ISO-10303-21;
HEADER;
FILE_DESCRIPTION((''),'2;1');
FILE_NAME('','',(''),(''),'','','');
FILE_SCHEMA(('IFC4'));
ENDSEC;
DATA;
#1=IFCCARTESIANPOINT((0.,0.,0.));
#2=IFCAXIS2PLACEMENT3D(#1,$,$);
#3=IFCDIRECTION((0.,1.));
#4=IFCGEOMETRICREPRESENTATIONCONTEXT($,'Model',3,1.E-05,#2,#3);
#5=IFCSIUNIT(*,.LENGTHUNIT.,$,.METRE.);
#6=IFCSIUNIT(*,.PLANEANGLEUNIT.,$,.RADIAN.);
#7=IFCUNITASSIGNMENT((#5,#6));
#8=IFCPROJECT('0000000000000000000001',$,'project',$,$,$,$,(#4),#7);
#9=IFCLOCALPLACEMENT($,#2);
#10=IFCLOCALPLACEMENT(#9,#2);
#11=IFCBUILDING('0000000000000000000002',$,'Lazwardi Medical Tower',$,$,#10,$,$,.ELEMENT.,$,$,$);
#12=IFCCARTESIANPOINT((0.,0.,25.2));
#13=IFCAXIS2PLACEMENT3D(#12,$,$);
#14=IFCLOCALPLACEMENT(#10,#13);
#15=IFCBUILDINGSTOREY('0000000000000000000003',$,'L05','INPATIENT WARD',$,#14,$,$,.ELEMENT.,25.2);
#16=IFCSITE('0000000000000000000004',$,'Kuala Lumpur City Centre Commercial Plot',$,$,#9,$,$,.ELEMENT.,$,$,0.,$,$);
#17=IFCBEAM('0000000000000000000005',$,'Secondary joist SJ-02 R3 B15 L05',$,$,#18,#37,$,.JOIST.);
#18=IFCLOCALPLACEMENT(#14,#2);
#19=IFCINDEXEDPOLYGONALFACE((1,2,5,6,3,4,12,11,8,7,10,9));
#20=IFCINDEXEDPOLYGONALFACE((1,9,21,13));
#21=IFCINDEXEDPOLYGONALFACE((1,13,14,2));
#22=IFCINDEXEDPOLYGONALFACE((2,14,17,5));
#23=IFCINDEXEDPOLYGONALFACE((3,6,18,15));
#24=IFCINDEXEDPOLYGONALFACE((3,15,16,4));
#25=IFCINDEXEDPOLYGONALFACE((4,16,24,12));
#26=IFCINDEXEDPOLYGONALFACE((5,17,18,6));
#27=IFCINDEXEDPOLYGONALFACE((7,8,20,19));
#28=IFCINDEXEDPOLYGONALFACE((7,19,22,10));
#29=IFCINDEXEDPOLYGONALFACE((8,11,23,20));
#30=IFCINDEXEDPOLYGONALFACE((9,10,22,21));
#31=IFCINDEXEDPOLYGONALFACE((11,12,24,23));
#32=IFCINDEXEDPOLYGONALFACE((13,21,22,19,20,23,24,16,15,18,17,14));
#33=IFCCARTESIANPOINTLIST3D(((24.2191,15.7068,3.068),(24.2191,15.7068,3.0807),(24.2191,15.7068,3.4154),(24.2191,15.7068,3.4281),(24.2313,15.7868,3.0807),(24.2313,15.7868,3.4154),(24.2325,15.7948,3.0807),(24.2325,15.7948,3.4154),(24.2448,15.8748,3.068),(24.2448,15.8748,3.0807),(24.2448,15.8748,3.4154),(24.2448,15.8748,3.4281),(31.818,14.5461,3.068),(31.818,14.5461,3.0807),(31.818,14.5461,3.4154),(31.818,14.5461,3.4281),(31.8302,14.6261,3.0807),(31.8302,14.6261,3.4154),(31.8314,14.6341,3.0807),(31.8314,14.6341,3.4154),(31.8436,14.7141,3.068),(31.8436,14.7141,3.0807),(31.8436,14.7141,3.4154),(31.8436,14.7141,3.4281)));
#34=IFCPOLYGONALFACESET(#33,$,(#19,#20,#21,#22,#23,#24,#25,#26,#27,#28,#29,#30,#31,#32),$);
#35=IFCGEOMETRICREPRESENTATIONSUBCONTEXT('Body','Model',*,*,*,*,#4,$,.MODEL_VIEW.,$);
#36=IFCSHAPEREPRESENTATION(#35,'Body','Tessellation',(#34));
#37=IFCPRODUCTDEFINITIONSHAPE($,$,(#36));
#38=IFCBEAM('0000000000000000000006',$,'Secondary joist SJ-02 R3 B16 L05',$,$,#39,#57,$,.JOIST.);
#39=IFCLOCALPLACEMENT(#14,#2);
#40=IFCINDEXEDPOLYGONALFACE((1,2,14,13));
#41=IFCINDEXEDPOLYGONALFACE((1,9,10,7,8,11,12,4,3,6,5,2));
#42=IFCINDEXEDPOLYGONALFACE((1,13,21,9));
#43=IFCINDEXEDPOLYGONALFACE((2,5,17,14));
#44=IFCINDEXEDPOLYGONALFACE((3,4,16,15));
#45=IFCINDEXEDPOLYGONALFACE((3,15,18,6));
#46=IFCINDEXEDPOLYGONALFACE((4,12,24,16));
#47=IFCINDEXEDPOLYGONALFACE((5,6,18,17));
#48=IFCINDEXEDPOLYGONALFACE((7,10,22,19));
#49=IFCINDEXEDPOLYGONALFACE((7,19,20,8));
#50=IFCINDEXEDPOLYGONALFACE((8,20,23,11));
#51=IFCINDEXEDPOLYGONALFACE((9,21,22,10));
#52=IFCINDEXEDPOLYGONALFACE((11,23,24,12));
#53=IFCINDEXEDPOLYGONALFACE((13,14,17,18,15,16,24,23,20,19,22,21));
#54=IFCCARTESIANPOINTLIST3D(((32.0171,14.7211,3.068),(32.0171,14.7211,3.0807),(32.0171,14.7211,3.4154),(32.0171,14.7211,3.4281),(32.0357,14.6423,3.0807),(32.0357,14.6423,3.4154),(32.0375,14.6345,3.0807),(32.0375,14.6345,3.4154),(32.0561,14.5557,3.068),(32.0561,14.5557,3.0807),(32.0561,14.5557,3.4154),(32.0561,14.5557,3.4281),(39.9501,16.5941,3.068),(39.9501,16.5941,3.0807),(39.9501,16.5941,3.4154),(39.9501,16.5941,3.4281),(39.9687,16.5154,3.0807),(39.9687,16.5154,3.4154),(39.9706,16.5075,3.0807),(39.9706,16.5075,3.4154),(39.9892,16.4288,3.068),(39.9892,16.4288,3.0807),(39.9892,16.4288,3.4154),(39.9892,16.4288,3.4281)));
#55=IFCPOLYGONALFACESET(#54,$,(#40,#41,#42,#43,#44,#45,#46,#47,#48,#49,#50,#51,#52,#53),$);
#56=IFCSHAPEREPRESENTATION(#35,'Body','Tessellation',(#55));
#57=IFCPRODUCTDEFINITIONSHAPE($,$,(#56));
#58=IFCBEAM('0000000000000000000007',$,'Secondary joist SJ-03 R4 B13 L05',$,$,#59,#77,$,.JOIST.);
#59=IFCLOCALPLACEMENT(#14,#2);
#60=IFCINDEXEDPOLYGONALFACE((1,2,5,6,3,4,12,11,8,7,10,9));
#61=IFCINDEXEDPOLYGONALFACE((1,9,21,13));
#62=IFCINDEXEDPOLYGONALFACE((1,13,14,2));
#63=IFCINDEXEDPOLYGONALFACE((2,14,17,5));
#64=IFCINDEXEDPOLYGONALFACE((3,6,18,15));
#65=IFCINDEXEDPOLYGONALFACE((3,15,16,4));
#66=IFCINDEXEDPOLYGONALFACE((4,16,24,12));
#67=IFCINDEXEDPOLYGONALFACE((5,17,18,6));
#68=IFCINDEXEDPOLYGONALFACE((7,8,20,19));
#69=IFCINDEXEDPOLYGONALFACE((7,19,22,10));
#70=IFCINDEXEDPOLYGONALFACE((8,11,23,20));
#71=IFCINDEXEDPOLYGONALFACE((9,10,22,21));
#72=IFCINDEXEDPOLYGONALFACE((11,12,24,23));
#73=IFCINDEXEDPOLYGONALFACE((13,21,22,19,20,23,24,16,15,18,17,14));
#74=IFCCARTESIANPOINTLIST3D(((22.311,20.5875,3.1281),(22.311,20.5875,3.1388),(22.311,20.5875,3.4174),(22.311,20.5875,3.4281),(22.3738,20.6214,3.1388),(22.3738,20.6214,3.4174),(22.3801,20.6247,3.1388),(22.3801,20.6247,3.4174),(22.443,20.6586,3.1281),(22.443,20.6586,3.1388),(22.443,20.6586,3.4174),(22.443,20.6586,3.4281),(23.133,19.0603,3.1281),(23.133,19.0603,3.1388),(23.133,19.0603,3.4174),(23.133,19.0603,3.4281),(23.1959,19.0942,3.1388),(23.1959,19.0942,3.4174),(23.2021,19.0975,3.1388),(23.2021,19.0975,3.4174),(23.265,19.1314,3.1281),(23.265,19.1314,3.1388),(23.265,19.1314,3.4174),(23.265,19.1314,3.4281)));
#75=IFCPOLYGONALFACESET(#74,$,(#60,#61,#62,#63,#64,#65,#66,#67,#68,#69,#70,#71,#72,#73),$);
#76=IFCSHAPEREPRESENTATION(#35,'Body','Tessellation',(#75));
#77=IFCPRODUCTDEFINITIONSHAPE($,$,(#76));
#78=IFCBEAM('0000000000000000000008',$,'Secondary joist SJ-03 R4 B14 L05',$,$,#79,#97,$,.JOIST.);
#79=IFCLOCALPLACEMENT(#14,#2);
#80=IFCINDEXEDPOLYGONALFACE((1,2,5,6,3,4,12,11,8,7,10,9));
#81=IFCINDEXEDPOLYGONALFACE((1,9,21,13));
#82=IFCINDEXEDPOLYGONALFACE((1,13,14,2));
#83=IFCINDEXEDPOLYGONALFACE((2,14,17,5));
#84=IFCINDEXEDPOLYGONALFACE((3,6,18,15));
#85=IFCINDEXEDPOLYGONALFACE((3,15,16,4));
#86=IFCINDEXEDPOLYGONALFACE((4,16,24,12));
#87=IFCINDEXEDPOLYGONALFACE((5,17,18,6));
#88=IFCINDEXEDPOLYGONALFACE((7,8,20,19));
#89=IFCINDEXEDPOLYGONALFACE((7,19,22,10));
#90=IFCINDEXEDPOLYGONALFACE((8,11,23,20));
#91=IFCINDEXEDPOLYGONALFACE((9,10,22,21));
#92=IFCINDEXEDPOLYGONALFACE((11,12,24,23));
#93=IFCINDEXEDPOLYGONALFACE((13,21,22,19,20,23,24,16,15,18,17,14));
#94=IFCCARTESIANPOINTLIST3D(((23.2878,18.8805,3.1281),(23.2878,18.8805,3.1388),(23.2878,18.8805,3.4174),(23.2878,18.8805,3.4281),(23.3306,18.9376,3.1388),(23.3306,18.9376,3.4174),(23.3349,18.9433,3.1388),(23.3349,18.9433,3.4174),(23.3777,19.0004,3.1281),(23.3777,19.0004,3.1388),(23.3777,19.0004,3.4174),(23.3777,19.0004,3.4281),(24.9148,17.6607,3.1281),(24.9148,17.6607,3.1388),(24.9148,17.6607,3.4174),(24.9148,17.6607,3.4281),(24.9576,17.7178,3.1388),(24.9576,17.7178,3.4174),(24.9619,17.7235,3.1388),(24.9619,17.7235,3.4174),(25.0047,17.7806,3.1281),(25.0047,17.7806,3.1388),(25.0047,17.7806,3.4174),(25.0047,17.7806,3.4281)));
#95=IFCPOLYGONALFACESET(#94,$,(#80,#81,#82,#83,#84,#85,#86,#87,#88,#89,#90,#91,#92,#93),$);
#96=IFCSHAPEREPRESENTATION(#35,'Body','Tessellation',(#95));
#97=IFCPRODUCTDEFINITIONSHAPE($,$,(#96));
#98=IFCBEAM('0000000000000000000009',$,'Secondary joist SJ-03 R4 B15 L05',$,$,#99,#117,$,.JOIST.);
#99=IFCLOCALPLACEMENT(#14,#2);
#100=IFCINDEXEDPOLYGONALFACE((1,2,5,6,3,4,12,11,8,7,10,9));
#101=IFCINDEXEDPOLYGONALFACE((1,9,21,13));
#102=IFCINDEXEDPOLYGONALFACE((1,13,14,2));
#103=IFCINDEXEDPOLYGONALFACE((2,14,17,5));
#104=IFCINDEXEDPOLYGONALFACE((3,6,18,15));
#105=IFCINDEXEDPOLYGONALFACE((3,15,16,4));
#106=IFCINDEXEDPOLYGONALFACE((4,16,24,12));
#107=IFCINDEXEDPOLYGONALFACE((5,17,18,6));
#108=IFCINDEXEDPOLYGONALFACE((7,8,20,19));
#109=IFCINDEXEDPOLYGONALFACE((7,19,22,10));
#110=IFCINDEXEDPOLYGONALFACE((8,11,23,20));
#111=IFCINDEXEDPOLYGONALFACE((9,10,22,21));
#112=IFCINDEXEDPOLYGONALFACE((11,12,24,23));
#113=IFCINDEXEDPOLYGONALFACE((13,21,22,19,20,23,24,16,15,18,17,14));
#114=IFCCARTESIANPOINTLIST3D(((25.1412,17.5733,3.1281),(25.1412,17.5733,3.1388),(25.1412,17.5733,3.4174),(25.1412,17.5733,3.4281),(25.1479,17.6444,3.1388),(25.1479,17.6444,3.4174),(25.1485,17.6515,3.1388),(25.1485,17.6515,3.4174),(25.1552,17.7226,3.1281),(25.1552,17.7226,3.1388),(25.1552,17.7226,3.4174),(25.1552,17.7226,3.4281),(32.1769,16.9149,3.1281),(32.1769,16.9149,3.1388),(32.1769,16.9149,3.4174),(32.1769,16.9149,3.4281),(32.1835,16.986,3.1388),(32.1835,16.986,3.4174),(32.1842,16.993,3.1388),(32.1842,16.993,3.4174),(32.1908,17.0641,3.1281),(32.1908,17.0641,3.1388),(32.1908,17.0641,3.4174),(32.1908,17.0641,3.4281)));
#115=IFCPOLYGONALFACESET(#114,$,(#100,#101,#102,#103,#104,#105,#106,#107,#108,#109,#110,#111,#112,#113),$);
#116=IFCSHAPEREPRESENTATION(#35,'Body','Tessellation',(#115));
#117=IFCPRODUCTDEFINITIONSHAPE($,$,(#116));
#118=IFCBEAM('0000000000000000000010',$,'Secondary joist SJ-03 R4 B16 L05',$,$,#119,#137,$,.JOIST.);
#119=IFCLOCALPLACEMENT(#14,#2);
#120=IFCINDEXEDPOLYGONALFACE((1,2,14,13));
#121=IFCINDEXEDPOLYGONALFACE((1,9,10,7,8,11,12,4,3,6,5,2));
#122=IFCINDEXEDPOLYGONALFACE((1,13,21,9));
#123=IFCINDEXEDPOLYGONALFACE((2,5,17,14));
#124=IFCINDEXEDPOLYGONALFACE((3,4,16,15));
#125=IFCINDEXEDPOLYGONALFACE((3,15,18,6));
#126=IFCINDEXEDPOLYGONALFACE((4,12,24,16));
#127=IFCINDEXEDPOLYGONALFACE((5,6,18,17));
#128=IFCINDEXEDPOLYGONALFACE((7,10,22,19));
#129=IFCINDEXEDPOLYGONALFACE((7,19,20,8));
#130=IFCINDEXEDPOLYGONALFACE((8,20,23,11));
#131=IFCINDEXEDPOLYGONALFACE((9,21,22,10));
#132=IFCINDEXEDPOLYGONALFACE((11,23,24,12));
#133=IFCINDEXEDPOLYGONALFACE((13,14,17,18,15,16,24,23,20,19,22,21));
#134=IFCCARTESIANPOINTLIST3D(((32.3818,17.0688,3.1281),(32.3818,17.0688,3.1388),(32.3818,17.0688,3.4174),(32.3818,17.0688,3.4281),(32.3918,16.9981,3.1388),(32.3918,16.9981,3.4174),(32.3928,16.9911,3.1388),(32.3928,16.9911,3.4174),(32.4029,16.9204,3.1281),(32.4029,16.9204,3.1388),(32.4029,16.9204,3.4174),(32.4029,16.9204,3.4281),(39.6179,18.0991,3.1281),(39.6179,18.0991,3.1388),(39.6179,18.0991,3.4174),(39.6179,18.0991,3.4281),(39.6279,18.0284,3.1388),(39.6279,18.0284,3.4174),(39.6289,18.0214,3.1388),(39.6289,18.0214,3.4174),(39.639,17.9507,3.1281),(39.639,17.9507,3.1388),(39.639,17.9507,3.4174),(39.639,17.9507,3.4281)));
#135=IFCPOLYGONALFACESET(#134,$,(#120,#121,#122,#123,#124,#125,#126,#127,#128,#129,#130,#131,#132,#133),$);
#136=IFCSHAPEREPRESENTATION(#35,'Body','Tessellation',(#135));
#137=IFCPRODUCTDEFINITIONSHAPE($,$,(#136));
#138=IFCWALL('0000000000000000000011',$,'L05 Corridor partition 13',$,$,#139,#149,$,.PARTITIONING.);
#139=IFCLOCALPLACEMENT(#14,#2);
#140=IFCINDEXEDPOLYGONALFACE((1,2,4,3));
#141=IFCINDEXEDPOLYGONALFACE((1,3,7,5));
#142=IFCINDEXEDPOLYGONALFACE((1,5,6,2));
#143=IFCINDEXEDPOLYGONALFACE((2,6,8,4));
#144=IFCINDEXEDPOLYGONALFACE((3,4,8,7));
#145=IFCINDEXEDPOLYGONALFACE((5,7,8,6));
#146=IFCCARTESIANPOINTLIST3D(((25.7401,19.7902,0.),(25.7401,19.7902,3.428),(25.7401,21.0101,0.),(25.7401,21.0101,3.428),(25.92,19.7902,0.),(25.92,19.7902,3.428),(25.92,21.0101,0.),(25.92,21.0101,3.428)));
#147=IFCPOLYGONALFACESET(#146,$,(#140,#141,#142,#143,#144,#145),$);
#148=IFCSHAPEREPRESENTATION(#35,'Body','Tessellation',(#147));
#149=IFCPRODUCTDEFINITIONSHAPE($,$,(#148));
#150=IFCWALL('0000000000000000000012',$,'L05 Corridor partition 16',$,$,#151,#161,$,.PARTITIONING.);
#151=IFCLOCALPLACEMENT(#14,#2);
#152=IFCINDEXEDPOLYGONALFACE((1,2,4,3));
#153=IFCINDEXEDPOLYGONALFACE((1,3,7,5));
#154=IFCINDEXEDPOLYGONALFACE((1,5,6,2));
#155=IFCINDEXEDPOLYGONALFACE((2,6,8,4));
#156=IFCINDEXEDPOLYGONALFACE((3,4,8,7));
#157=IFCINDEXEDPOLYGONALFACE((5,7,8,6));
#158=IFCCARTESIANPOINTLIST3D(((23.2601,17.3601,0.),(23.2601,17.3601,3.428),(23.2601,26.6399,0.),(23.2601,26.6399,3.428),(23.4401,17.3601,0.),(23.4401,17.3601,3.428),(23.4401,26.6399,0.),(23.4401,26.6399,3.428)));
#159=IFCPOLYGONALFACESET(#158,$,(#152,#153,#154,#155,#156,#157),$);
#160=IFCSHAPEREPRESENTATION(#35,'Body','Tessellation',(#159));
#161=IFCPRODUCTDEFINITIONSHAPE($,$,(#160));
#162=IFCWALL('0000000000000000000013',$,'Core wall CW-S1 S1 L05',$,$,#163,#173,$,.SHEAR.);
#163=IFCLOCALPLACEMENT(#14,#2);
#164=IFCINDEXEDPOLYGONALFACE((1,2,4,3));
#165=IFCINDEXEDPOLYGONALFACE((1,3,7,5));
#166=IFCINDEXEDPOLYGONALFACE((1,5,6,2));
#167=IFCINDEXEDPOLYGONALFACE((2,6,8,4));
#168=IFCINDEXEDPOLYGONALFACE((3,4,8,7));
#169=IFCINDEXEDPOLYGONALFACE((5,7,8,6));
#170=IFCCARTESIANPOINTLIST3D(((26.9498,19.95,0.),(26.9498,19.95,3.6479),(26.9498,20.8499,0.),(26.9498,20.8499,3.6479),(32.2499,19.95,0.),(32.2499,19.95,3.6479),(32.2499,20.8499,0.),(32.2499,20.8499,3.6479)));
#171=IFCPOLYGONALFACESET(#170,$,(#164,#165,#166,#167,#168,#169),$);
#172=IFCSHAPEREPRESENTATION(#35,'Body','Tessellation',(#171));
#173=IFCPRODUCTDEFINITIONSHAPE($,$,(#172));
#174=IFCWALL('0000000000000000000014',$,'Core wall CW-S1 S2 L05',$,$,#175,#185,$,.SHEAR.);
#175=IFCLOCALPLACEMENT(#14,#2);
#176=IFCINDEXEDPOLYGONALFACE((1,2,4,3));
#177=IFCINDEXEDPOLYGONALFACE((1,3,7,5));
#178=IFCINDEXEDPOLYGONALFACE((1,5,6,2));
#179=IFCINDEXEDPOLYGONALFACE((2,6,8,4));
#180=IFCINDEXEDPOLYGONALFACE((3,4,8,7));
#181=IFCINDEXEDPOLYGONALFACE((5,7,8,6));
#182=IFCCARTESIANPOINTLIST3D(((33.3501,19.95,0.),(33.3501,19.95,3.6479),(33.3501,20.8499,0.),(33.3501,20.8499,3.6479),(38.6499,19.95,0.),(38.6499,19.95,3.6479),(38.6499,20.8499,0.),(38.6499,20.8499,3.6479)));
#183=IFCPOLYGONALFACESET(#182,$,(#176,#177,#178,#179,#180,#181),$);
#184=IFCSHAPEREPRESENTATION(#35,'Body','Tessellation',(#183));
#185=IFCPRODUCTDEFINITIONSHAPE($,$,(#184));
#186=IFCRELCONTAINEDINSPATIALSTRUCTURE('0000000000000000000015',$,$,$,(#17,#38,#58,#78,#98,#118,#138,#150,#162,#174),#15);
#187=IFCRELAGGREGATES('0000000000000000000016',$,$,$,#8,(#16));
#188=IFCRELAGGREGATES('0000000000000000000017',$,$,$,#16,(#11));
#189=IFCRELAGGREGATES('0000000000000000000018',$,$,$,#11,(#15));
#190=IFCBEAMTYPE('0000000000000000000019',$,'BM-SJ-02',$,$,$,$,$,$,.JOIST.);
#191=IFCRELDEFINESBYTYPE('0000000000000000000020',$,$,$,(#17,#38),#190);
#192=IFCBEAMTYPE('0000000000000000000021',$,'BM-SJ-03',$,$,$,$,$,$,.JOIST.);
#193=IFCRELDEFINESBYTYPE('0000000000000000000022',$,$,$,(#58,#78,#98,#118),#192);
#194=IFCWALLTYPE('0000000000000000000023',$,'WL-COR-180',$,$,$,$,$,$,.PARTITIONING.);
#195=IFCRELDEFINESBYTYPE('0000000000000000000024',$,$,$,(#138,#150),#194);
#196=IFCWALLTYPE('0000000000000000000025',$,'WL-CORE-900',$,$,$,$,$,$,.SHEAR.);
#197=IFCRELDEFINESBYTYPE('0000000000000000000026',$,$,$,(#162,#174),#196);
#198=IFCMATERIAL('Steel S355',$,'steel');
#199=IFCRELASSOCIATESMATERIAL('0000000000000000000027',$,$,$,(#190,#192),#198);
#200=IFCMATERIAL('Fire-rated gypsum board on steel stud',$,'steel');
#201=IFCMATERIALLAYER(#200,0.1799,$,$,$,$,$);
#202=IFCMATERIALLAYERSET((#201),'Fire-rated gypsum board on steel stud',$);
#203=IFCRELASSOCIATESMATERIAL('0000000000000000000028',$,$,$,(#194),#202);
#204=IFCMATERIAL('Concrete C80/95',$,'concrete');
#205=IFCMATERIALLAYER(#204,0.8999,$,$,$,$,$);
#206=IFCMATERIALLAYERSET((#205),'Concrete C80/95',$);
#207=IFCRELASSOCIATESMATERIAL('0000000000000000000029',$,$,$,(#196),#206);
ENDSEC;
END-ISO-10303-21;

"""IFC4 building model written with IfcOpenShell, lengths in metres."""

from ifc_helpers import new_model, si_unit, direction, frame, frame_2d, origin, origin_2d, place, context, subcontext, project, spatial, rectangle, i_section, extrude, material, layer, layer_set, material_profile, profile_set, type_object, element, save


model = new_model("IFC4")

# Units and contexts
model_context = context("Model", 3, precision=1e-05, world=origin(), true_north=direction((0.0, 1.0)))
body_context = subcontext(model_context, "Body", "Model", "MODEL_VIEW")
ifc_project = project(units=[si_unit("LENGTHUNIT", "METRE"), si_unit("PLANEANGLEUNIT", "RADIAN")], contexts=[model_context])

# Site, building, storey
site_placement = place(None, origin())
site = spatial("IfcSite", under=ifc_project, at=site_placement, Name="Kuala Lumpur City Centre Commercial Plot", CompositionType="ELEMENT", RefElevation=0.0)
building_placement = place(site_placement, origin())
building = spatial("IfcBuilding", under=site, at=building_placement, Name="Lazwardi Medical Tower", CompositionType="ELEMENT")
storey_placement = place(building_placement, frame((0.0, 0.0, 25.2)))
storey = spatial("IfcBuildingStorey", under=building, at=storey_placement, Name="L05", Description="INPATIENT WARD", CompositionType="ELEMENT", Elevation=25.2)

# Shared definitions
ifc_material_1 = material(Name="Concrete C80/95", Category="concrete")

# Beams
ifc_material_2 = material(Name="Steel S355", Category="steel")
ifc_material_profile_1 = material_profile(ifc_material_2, i_section(OverallWidth=0.1699, OverallDepth=0.3601, WebThickness=0.0081, FlangeThickness=0.0127, at=origin_2d()), Name="IPE 360")
ifc_profile_set_1 = profile_set([ifc_material_profile_1], Name="Steel S355")
beam_type_1 = type_object("IfcBeamType", Name="BM-SJ-02", PredefinedType="JOIST", material=ifc_profile_set_1)
beam_1_placement = place(storey_placement, frame((24.2319, 15.7908, 3.248), z_axis=(0.988536, -0.150988, 0.0), x_axis=(0.150988, 0.988536, 0.0)))
element("IfcBeam", 1, at=beam_1_placement, inside=storey, type_object=beam_type_1, Name="Secondary joist SJ-02 R3 B15 L05", PredefinedType="JOIST", context=body_context, shape_type="SweptSolid", body=[
    extrude(i_section(OverallWidth=0.1699, OverallDepth=0.3601, WebThickness=0.0081, FlangeThickness=0.0127, at=origin_2d()), origin(), (0.0, 0.0, 1.0), 7.687),
])
beam_2_placement = place(storey_placement, frame((32.0366, 14.6384, 3.248), z_axis=(0.973241, 0.229787, 0.0), x_axis=(-0.229787, 0.973241, 0.0)))
element("IfcBeam", 2, at=beam_2_placement, inside=storey, type_object=beam_type_1, Name="Secondary joist SJ-02 R3 B16 L05", PredefinedType="JOIST", context=body_context, shape_type="SweptSolid", body=[
    extrude(i_section(OverallWidth=0.1699, OverallDepth=0.3601, WebThickness=0.0081, FlangeThickness=0.0127, at=origin_2d()), origin(), (0.0, 0.0, 1.0), 8.1511),
])
ifc_material_profile_2 = material_profile(ifc_material_2, i_section(OverallWidth=0.1499, OverallDepth=0.3, WebThickness=0.0071, FlangeThickness=0.0107, at=origin_2d()), Name="IPE 300")
ifc_profile_set_2 = profile_set([ifc_material_profile_2], Name="Steel S355")
beam_type_2 = type_object("IfcBeamType", Name="BM-SJ-03", PredefinedType="JOIST", material=ifc_profile_set_2)
beam_3_placement = place(storey_placement, frame((22.377, 20.623, 3.2781), z_axis=(0.473982, -0.880534, 0.0), x_axis=(0.880534, 0.473982, 0.0)))
element("IfcBeam", 3, at=beam_3_placement, inside=storey, type_object=beam_type_2, Name="Secondary joist SJ-03 R4 B13 L05", PredefinedType="JOIST", context=body_context, shape_type="SweptSolid", body=[
    extrude(i_section(OverallWidth=0.1499, OverallDepth=0.3, WebThickness=0.0071, FlangeThickness=0.0107, at=origin_2d()), origin(), (0.0, 0.0, 1.0), 1.7344),
])
beam_4_placement = place(storey_placement, frame((23.3328, 18.9404, 3.2781), z_axis=(0.800115, -0.599846, 0.0), x_axis=(0.599846, 0.800115, 0.0)))
element("IfcBeam", 4, at=beam_4_placement, inside=storey, type_object=beam_type_2, Name="Secondary joist SJ-03 R4 B14 L05", PredefinedType="JOIST", context=body_context, shape_type="SweptSolid", body=[
    extrude(i_section(OverallWidth=0.1499, OverallDepth=0.3, WebThickness=0.0071, FlangeThickness=0.0107, at=origin_2d()), origin(), (0.0, 0.0, 1.0), 2.0334),
])
beam_5_placement = place(storey_placement, frame((25.1482, 17.6479, 3.2781), z_axis=(0.995649, -0.09318, 0.0), x_axis=(0.09318, 0.995649, 0.0)))
element("IfcBeam", 5, at=beam_5_placement, inside=storey, type_object=beam_type_2, Name="Secondary joist SJ-03 R4 B15 L05", PredefinedType="JOIST", context=body_context, shape_type="SweptSolid", body=[
    extrude(i_section(OverallWidth=0.1499, OverallDepth=0.3, WebThickness=0.0071, FlangeThickness=0.0107, at=origin_2d()), origin(), (0.0, 0.0, 1.0), 7.0664),
])
beam_6_placement = place(storey_placement, frame((32.3923, 16.9946, 3.2781), z_axis=(0.990016, 0.140958, 0.0), x_axis=(-0.140958, 0.990016, 0.0)))
element("IfcBeam", 6, at=beam_6_placement, inside=storey, type_object=beam_type_2, Name="Secondary joist SJ-03 R4 B16 L05", PredefinedType="JOIST", context=body_context, shape_type="SweptSolid", body=[
    extrude(i_section(OverallWidth=0.1499, OverallDepth=0.3, WebThickness=0.0071, FlangeThickness=0.0107, at=origin_2d()), origin(), (0.0, 0.0, 1.0), 7.3091),
])

# Walls
ifc_material_3 = material(Name="Fire-rated gypsum board on steel stud", Category="steel")
ifc_layer_1 = layer(ifc_material_3, 0.1799)
ifc_layer_set_1 = layer_set([ifc_layer_1], Name="Fire-rated gypsum board on steel stud")
wall_type_1 = type_object("IfcWallType", Name="WL-COR-180", PredefinedType="PARTITIONING", material=ifc_layer_set_1)
wall_1_placement = place(storey_placement, frame((25.8301, 21.01, 0.0), z_axis=(0.0, 0.0, 1.0), x_axis=(0.0, -1.0, 0.0)))
element("IfcWall", 7, at=wall_1_placement, inside=storey, type_object=wall_type_1, Name="L05 Corridor partition 13", PredefinedType="PARTITIONING", context=body_context, shape_type="SweptSolid", body=[
    extrude(rectangle(XDim=1.22, YDim=0.1799, at=frame_2d((0.6099, 0.0))), origin(), (0.0, 0.0, 1.0), 3.428),
])
wall_2_placement = place(storey_placement, frame((23.3501, 17.3601, 0.0), z_axis=(0.0, 0.0, 1.0), x_axis=(0.0, 1.0, 0.0)))
element("IfcWall", 8, at=wall_2_placement, inside=storey, type_object=wall_type_1, Name="L05 Corridor partition 16", PredefinedType="PARTITIONING", context=body_context, shape_type="SweptSolid", body=[
    extrude(rectangle(XDim=9.2798, YDim=0.1799, at=frame_2d((4.6399, 0.0))), origin(), (0.0, 0.0, 1.0), 3.428),
])

# Shared definitions
ifc_layer_2 = layer(ifc_material_1, 0.8999)
ifc_layer_set_2 = layer_set([ifc_layer_2], Name="Concrete C80/95")
wall_type_2 = type_object("IfcWallType", Name="WL-CORE-900", PredefinedType="SHEAR", material=ifc_layer_set_2)

# Walls
wall_3_placement = place(storey_placement, frame((26.95, 20.3999, 0.0), z_axis=(0.0, 0.0, 1.0), x_axis=(1.0, 0.0, 0.0)))
element("IfcWall", 9, at=wall_3_placement, inside=storey, type_object=wall_type_2, Name="Core wall CW-S1 S1 L05", PredefinedType="SHEAR", context=body_context, shape_type="SweptSolid", body=[
    extrude(rectangle(XDim=5.3, YDim=0.8999, at=frame_2d((2.6499, 0.0))), origin(), (0.0, 0.0, 1.0), 3.6479),
])
wall_4_placement = place(storey_placement, frame((33.3501, 20.3999, 0.0), z_axis=(0.0, 0.0, 1.0), x_axis=(1.0, 0.0, 0.0)))
element("IfcWall", 10, at=wall_4_placement, inside=storey, type_object=wall_type_2, Name="Core wall CW-S1 S2 L05", PredefinedType="SHEAR", context=body_context, shape_type="SweptSolid", body=[
    extrude(rectangle(XDim=5.2998, YDim=0.8999, at=frame_2d((2.6499, 0.0))), origin(), (0.0, 0.0, 1.0), 3.6479),
])

save(model, "model.ifc")
